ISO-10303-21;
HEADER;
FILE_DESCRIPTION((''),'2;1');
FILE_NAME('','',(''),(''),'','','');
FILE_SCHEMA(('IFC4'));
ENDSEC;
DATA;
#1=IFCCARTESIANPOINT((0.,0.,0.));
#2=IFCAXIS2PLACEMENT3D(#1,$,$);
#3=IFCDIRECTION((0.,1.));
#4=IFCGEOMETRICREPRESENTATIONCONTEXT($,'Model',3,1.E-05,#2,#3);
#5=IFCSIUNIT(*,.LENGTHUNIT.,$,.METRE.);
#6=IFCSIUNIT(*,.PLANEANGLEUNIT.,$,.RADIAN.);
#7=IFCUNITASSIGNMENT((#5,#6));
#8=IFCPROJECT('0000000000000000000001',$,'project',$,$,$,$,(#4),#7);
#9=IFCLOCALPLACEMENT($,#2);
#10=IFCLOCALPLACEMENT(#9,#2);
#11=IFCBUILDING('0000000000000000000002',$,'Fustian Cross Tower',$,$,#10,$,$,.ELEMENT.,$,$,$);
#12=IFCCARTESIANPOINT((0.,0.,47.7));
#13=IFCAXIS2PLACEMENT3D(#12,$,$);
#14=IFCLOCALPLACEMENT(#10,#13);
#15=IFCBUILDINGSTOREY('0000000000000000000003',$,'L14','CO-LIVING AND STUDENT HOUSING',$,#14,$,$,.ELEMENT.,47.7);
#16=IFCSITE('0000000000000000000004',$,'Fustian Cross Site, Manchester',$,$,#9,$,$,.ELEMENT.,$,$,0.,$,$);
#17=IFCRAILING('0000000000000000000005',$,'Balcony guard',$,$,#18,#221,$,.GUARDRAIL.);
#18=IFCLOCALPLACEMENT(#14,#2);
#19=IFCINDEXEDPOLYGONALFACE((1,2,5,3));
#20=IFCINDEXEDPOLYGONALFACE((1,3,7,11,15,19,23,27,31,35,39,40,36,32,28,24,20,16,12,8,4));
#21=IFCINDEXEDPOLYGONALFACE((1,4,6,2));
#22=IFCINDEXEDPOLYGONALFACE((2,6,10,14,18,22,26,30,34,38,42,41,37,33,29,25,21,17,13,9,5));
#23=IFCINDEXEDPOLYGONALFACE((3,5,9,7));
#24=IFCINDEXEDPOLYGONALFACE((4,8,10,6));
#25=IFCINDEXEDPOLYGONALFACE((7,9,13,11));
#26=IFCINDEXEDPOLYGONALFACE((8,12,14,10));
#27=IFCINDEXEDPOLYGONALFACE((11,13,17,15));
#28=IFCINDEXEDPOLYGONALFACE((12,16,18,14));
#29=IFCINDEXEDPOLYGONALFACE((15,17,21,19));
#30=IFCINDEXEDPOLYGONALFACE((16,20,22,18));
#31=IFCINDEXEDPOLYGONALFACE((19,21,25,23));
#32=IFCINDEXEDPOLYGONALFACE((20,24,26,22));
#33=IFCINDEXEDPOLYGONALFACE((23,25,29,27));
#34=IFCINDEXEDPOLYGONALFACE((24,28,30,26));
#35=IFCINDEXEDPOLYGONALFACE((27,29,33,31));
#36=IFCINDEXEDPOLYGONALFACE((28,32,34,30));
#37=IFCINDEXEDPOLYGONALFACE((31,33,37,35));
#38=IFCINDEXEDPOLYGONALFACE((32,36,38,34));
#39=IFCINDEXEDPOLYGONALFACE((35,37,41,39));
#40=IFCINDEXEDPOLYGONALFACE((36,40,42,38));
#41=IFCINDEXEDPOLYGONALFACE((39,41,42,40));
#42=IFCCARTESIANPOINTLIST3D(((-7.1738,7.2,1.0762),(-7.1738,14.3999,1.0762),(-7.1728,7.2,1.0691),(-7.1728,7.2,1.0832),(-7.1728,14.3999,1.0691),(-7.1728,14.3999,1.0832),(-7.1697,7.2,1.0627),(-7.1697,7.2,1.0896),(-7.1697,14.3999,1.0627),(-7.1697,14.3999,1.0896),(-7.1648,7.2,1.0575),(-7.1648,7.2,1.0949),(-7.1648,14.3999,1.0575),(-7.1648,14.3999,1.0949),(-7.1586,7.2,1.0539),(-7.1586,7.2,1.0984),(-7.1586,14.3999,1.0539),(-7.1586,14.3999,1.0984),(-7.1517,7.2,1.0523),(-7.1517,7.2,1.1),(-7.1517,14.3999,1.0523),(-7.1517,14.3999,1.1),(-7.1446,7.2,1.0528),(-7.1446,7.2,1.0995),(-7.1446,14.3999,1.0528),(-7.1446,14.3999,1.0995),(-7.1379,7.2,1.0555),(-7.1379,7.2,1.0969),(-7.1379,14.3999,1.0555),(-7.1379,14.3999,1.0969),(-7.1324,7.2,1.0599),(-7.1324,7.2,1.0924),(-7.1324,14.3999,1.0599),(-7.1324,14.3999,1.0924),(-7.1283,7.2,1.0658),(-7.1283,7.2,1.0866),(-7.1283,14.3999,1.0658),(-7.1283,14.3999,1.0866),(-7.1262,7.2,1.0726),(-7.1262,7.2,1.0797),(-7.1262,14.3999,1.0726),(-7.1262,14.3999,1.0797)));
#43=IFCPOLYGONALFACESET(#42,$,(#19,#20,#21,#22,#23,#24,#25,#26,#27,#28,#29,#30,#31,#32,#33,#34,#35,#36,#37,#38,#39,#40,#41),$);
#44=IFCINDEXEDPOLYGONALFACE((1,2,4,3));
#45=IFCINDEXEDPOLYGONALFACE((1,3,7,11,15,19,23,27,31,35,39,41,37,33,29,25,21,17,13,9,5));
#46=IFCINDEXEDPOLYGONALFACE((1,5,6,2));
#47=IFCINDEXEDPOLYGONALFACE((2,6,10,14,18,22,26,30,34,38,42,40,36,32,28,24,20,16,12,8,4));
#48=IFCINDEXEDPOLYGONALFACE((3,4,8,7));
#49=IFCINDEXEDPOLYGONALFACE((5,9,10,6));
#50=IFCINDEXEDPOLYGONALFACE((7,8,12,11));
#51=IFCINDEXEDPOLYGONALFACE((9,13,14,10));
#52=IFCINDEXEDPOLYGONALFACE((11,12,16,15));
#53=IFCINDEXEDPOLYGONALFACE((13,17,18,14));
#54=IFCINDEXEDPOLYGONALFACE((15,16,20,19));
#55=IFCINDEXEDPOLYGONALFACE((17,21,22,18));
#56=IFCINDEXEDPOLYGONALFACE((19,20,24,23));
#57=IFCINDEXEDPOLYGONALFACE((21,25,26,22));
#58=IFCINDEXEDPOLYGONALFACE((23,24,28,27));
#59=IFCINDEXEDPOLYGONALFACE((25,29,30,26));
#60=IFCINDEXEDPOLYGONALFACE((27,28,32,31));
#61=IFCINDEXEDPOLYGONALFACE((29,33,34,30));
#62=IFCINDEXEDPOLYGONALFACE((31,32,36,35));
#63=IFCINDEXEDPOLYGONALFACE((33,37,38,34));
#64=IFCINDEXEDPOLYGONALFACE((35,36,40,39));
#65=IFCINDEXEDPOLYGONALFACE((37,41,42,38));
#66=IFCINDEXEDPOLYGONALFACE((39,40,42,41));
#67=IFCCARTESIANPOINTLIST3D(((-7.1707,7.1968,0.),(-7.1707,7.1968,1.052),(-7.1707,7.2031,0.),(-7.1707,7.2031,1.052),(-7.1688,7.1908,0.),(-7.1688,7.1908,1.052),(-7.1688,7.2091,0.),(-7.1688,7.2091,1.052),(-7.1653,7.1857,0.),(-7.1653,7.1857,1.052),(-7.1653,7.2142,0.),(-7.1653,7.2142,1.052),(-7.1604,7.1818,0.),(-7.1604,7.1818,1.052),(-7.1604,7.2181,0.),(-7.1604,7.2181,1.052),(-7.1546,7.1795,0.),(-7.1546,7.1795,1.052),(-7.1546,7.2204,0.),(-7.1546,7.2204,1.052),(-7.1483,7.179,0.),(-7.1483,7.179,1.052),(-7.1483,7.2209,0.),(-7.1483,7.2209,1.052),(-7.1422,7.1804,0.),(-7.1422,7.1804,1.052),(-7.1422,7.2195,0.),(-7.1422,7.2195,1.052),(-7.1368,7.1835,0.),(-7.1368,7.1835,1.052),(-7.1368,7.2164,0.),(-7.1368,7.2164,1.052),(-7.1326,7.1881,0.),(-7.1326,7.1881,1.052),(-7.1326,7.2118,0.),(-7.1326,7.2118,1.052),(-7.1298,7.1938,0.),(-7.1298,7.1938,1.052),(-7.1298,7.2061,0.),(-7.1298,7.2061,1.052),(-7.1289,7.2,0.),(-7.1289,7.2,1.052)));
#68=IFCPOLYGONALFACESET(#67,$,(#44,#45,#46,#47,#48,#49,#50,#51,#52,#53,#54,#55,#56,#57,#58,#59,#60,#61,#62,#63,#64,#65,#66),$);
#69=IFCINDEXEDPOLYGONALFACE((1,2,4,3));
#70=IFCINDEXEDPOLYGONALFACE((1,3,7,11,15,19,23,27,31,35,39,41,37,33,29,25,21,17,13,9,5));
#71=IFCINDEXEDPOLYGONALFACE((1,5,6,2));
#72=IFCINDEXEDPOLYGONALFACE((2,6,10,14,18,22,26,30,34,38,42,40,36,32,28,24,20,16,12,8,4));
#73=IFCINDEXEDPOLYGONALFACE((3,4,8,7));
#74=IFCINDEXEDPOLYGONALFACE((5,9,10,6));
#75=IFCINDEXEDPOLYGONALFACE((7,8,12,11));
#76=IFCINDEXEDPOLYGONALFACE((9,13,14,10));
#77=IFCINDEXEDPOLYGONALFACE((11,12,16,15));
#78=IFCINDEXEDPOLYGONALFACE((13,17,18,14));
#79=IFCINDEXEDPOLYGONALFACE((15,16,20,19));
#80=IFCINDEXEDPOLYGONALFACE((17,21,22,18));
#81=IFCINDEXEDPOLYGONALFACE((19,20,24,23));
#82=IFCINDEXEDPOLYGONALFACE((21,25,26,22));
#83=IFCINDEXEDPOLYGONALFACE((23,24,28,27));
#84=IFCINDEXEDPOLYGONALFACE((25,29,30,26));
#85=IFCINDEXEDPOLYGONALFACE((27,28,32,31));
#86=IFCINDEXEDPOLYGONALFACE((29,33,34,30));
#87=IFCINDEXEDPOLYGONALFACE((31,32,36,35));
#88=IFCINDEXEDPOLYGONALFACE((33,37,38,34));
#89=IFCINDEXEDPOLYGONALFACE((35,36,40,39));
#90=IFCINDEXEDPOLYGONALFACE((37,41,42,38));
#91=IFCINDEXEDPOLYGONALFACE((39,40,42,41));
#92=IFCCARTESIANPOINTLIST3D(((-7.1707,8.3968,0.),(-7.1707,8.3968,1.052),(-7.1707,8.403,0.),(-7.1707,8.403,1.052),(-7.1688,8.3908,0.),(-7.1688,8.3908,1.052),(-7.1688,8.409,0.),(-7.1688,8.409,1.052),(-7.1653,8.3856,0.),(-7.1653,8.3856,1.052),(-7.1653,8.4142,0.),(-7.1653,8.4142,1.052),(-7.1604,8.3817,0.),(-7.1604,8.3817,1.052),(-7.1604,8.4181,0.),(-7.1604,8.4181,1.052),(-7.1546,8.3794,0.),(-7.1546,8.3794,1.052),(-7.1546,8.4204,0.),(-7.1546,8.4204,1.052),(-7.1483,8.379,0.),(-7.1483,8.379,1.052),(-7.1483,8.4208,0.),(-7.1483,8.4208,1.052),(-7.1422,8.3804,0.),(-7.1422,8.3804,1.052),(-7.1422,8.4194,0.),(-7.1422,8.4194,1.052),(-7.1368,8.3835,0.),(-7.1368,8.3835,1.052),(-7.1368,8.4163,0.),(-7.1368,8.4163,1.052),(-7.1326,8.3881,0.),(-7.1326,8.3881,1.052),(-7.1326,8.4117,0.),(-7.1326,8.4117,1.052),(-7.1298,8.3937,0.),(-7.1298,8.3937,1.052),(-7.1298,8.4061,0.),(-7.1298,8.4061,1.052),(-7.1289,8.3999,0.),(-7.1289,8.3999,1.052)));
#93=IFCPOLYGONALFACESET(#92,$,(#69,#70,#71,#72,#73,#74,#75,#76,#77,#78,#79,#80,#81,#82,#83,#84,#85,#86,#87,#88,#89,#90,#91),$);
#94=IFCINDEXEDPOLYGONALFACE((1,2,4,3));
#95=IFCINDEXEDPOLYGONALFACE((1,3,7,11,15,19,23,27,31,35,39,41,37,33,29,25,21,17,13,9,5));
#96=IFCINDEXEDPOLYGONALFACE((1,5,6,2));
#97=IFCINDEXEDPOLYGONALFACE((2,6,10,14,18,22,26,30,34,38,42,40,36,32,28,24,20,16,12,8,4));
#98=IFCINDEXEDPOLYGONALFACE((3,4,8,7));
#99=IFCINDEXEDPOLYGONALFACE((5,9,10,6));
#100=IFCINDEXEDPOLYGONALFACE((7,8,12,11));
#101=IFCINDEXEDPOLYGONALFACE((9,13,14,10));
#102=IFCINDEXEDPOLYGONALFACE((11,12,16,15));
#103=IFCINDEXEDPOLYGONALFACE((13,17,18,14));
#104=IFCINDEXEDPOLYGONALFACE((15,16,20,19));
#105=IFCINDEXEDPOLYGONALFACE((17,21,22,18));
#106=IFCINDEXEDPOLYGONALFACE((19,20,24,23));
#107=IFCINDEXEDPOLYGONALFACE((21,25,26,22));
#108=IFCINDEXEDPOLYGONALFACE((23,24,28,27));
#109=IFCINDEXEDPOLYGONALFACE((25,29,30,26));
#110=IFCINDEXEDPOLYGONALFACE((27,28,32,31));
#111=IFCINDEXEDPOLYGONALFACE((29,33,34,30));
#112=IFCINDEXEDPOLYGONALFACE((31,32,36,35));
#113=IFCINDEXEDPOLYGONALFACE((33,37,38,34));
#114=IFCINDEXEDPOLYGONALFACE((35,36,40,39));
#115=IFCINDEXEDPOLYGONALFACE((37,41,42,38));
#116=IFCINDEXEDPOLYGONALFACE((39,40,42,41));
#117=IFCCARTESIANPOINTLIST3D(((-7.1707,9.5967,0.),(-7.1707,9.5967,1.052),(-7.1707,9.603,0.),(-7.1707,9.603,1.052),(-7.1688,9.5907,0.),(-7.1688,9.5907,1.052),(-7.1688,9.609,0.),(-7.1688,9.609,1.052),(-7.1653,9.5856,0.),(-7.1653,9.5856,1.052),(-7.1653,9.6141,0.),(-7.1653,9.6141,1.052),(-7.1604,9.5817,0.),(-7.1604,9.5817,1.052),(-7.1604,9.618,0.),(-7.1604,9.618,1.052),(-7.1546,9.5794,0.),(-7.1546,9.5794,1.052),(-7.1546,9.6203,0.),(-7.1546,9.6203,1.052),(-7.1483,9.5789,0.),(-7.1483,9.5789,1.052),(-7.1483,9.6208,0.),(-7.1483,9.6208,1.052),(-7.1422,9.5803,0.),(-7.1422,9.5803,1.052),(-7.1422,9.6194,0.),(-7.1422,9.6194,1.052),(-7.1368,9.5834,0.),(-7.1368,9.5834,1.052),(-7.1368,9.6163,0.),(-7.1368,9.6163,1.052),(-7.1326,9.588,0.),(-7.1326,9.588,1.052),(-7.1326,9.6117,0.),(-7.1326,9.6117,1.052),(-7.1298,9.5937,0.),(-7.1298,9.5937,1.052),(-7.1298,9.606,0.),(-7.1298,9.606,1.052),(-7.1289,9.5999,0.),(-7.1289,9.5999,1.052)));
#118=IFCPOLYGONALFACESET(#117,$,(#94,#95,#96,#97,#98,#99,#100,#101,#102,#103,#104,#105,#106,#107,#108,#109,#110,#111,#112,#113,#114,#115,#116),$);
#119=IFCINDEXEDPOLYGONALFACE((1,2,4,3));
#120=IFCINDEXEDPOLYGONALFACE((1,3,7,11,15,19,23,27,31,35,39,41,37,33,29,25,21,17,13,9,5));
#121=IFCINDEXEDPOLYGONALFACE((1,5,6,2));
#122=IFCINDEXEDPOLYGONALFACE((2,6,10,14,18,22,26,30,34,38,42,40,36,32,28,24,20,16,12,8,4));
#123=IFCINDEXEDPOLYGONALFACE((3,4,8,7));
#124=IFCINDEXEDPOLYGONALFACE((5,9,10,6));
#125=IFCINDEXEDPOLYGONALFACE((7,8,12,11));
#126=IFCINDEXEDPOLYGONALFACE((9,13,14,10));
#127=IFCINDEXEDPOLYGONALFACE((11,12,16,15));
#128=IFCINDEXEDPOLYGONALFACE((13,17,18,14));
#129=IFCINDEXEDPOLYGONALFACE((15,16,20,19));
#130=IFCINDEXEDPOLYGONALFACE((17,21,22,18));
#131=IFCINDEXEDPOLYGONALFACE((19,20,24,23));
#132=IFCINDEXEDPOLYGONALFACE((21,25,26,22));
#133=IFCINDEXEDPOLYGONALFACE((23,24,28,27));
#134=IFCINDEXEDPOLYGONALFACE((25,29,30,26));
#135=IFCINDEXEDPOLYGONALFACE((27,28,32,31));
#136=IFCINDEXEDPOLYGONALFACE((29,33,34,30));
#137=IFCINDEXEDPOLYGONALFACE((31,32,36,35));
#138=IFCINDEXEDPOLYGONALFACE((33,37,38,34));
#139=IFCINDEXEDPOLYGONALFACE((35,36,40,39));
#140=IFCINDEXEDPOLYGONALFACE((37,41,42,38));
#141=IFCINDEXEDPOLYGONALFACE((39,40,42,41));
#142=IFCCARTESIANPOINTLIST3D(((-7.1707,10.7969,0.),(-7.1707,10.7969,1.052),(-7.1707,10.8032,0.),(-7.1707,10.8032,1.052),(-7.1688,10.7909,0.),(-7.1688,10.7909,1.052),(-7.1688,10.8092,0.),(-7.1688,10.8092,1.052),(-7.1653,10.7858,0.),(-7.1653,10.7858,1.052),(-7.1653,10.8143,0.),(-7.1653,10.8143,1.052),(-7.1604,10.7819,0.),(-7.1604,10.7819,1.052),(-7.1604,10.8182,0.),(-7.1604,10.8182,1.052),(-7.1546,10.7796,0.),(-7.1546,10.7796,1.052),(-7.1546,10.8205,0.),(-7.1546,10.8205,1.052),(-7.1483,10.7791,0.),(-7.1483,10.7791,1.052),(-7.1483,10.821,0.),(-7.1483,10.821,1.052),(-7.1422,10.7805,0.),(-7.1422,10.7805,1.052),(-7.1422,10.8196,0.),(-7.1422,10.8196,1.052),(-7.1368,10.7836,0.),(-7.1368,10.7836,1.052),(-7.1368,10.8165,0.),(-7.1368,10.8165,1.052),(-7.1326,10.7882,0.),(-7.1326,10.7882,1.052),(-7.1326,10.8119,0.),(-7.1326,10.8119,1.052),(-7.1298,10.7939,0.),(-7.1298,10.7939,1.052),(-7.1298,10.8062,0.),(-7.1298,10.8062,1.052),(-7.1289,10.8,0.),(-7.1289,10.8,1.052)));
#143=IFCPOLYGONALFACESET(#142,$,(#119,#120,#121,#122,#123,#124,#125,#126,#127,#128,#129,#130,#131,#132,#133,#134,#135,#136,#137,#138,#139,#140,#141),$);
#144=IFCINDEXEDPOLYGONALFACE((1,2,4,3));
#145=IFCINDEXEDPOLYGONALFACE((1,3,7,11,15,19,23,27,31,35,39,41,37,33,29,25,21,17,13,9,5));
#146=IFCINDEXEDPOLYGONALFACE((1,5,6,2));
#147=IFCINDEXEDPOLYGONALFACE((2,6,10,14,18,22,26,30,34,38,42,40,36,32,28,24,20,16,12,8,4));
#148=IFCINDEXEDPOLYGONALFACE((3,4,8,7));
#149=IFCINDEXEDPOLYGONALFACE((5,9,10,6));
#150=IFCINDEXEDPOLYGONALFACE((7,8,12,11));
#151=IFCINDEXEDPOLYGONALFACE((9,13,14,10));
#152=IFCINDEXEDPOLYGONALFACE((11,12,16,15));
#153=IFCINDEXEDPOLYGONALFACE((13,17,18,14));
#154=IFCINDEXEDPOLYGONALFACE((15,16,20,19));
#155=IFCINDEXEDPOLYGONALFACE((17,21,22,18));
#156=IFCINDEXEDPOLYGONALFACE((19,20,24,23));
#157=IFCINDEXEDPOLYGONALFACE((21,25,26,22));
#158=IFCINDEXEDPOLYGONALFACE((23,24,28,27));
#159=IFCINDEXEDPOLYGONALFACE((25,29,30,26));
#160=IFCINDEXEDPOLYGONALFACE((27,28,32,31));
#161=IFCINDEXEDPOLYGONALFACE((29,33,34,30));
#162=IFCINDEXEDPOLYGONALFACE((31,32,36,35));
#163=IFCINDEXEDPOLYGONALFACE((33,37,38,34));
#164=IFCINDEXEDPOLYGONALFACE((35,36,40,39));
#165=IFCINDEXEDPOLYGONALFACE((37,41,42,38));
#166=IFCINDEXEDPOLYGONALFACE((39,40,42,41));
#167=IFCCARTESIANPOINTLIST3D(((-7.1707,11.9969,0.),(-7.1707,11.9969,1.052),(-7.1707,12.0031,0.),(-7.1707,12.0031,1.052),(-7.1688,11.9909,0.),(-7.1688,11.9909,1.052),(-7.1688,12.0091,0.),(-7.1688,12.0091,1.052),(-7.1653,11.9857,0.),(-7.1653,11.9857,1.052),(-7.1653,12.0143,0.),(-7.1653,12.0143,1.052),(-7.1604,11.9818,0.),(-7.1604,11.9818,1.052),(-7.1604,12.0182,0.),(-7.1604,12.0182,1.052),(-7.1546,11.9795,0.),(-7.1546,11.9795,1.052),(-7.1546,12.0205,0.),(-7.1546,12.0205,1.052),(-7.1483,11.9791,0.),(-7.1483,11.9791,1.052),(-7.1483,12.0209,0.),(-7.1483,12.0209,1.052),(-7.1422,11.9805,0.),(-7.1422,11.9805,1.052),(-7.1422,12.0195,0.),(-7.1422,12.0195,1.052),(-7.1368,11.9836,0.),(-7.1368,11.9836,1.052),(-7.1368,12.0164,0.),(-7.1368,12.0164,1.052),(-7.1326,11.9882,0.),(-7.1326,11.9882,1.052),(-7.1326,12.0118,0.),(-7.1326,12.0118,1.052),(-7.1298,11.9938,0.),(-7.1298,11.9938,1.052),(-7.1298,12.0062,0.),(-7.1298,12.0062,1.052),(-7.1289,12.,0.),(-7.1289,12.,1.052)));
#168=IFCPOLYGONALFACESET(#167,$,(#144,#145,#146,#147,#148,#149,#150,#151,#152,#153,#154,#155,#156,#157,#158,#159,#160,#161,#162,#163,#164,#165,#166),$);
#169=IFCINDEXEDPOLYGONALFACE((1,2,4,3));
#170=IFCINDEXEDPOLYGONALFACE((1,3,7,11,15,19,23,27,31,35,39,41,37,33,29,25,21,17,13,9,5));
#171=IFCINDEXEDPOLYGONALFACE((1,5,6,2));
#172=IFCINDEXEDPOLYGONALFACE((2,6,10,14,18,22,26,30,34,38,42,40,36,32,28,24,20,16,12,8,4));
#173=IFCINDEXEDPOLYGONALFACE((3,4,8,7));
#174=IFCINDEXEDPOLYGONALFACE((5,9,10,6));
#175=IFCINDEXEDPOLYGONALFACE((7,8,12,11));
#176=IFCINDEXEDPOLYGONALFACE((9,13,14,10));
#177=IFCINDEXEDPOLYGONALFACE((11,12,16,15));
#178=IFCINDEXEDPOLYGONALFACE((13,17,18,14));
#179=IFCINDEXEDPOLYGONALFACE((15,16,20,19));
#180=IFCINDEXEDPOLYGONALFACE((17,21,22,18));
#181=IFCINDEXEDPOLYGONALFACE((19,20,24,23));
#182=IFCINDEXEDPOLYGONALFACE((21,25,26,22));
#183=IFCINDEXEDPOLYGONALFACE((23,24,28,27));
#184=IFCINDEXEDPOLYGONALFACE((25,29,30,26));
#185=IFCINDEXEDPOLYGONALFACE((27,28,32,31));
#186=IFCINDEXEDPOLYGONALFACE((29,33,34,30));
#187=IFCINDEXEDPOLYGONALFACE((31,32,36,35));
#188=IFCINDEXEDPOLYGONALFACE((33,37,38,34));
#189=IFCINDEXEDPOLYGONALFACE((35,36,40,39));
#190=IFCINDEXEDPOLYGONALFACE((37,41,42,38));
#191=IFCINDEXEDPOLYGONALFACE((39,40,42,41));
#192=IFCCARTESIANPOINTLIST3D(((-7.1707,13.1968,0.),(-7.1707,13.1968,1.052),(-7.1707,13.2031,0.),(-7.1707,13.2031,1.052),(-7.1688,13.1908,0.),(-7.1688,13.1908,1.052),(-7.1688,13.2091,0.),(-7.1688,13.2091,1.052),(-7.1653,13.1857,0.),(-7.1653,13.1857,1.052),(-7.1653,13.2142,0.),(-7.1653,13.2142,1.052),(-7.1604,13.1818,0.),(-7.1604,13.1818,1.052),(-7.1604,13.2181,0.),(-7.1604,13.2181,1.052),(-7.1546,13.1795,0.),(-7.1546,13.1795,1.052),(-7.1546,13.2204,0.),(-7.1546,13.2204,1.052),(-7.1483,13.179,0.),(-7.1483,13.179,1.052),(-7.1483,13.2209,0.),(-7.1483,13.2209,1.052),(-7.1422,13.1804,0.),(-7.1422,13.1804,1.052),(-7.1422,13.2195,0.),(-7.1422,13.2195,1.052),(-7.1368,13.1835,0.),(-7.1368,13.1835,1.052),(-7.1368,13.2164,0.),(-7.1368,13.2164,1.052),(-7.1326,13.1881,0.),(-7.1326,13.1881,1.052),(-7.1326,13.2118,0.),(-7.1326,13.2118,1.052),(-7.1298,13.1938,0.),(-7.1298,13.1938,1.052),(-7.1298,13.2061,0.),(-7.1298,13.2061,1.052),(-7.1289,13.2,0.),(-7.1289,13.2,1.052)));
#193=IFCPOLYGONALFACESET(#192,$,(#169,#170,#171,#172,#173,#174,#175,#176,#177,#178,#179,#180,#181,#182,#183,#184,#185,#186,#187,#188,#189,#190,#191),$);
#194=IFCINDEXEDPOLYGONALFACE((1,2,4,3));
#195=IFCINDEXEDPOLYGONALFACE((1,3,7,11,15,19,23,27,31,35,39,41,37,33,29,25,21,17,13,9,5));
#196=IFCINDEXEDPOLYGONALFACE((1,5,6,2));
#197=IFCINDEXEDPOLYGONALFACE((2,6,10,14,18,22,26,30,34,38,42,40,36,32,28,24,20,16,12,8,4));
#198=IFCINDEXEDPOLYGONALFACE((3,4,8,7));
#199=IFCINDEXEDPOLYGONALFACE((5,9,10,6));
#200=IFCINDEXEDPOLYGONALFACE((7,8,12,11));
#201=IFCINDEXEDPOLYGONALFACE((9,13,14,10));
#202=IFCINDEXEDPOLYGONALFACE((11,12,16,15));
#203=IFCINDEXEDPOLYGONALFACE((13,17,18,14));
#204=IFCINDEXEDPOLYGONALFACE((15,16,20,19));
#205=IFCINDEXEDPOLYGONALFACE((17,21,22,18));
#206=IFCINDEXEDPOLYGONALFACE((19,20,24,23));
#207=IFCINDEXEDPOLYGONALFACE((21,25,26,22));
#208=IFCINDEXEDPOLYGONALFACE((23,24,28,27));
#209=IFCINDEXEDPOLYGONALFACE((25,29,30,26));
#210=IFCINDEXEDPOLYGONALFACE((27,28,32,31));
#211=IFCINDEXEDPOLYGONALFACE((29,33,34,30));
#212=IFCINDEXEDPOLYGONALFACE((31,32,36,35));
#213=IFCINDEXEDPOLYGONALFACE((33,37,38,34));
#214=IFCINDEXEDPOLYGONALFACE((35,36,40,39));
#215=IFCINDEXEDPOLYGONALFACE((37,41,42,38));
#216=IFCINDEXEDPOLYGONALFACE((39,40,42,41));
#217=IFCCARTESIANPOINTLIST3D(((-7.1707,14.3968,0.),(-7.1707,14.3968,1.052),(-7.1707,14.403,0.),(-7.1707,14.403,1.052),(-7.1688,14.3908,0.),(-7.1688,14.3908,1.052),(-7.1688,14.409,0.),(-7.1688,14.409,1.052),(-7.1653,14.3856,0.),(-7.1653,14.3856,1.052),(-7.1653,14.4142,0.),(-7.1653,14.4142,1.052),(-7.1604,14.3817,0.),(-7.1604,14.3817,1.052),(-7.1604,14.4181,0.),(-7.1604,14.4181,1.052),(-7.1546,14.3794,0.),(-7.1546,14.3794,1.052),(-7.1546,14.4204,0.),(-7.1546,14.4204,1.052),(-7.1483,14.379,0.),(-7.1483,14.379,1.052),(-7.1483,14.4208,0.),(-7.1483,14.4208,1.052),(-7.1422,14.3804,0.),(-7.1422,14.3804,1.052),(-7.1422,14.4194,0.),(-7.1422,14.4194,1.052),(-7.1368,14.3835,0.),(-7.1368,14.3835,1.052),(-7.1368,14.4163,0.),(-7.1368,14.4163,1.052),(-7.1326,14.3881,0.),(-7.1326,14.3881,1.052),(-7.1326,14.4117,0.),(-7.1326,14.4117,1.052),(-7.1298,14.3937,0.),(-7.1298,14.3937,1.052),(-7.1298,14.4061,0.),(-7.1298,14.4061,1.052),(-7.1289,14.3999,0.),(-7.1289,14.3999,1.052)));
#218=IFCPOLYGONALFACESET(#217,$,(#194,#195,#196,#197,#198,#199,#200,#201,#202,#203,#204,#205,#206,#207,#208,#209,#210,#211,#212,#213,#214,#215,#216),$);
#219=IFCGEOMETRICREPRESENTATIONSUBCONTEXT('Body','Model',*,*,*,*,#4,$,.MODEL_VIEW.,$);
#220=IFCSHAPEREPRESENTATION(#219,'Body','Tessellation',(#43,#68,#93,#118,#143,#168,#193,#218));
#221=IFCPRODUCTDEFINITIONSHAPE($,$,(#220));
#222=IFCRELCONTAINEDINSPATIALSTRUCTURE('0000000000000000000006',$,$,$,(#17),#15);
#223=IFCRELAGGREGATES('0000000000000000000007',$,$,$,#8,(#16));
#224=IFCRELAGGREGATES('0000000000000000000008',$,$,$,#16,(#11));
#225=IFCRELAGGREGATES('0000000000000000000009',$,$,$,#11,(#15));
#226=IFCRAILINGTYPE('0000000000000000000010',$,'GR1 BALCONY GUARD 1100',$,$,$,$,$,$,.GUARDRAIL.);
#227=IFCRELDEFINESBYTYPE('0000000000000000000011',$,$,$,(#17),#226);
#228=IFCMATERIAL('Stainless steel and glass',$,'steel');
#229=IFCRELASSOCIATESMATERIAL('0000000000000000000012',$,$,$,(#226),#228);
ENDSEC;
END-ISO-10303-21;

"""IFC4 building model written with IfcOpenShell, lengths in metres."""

from ifc_helpers import new_model, si_unit, direction, frame, origin, origin_2d, place, context, subcontext, project, spatial, circle, extrude, material, type_object, element, save


model = new_model("IFC4")

# Units and contexts
model_context = context("Model", 3, precision=1e-05, world=origin(), true_north=direction((0.0, 1.0)))
body_context = subcontext(model_context, "Body", "Model", "MODEL_VIEW")
ifc_project = project(units=[si_unit("LENGTHUNIT", "METRE"), si_unit("PLANEANGLEUNIT", "RADIAN")], contexts=[model_context])

# Site, building, storey
site_placement = place(None, origin())
site = spatial("IfcSite", under=ifc_project, at=site_placement, Name="Fustian Cross Site, Manchester", CompositionType="ELEMENT", RefElevation=0.0)
building_placement = place(site_placement, origin())
building = spatial("IfcBuilding", under=site, at=building_placement, Name="Fustian Cross Tower", CompositionType="ELEMENT")
storey_placement = place(building_placement, frame((0.0, 0.0, 47.7)))
storey = spatial("IfcBuildingStorey", under=building, at=storey_placement, Name="L14", Description="CO-LIVING AND STUDENT HOUSING", CompositionType="ELEMENT", Elevation=47.7)

# Railing
ifc_material_1 = material(Name="Stainless steel and glass", Category="steel")
railing_type = type_object("IfcRailingType", Name="GR1 BALCONY GUARD 1100", PredefinedType="GUARDRAIL", material=ifc_material_1)
railing_placement = place(storey_placement, frame((-7.1499, 7.2, 0.0)))
element("IfcRailing", 1, at=railing_placement, inside=storey, type_object=railing_type, Name="Balcony guard", PredefinedType="GUARDRAIL", context=body_context, shape_type="SweptSolid", body=[
    extrude(circle(Radius=0.0239, at=origin_2d()), frame((0.0, 0.0, 1.0762), z_axis=(0.0, 1.0, 0.0), x_axis=(-1.0, 0.0, 0.0)), (0.0, 0.0, 1.0), 7.2),
    extrude(circle(Radius=0.021, at=origin_2d()), origin(), (0.0, 0.0, 1.0), 1.052),
    extrude(circle(Radius=0.021, at=origin_2d()), frame((0.0, 1.2, 0.0)), (0.0, 0.0, 1.0), 1.052),
    extrude(circle(Radius=0.021, at=origin_2d()), frame((0.0, 2.3999, 0.0)), (0.0, 0.0, 1.0), 1.052),
    extrude(circle(Radius=0.021, at=origin_2d()), frame((0.0, 3.6001, 0.0)), (0.0, 0.0, 1.0), 1.052),
    extrude(circle(Radius=0.021, at=origin_2d()), frame((0.0, 4.8, 0.0)), (0.0, 0.0, 1.0), 1.052),
    extrude(circle(Radius=0.021, at=origin_2d()), frame((0.0, 6.0, 0.0)), (0.0, 0.0, 1.0), 1.052),
    extrude(circle(Radius=0.021, at=origin_2d()), frame((0.0, 7.2, 0.0)), (0.0, 0.0, 1.0), 1.052),
])

save(model, "model.ifc")
